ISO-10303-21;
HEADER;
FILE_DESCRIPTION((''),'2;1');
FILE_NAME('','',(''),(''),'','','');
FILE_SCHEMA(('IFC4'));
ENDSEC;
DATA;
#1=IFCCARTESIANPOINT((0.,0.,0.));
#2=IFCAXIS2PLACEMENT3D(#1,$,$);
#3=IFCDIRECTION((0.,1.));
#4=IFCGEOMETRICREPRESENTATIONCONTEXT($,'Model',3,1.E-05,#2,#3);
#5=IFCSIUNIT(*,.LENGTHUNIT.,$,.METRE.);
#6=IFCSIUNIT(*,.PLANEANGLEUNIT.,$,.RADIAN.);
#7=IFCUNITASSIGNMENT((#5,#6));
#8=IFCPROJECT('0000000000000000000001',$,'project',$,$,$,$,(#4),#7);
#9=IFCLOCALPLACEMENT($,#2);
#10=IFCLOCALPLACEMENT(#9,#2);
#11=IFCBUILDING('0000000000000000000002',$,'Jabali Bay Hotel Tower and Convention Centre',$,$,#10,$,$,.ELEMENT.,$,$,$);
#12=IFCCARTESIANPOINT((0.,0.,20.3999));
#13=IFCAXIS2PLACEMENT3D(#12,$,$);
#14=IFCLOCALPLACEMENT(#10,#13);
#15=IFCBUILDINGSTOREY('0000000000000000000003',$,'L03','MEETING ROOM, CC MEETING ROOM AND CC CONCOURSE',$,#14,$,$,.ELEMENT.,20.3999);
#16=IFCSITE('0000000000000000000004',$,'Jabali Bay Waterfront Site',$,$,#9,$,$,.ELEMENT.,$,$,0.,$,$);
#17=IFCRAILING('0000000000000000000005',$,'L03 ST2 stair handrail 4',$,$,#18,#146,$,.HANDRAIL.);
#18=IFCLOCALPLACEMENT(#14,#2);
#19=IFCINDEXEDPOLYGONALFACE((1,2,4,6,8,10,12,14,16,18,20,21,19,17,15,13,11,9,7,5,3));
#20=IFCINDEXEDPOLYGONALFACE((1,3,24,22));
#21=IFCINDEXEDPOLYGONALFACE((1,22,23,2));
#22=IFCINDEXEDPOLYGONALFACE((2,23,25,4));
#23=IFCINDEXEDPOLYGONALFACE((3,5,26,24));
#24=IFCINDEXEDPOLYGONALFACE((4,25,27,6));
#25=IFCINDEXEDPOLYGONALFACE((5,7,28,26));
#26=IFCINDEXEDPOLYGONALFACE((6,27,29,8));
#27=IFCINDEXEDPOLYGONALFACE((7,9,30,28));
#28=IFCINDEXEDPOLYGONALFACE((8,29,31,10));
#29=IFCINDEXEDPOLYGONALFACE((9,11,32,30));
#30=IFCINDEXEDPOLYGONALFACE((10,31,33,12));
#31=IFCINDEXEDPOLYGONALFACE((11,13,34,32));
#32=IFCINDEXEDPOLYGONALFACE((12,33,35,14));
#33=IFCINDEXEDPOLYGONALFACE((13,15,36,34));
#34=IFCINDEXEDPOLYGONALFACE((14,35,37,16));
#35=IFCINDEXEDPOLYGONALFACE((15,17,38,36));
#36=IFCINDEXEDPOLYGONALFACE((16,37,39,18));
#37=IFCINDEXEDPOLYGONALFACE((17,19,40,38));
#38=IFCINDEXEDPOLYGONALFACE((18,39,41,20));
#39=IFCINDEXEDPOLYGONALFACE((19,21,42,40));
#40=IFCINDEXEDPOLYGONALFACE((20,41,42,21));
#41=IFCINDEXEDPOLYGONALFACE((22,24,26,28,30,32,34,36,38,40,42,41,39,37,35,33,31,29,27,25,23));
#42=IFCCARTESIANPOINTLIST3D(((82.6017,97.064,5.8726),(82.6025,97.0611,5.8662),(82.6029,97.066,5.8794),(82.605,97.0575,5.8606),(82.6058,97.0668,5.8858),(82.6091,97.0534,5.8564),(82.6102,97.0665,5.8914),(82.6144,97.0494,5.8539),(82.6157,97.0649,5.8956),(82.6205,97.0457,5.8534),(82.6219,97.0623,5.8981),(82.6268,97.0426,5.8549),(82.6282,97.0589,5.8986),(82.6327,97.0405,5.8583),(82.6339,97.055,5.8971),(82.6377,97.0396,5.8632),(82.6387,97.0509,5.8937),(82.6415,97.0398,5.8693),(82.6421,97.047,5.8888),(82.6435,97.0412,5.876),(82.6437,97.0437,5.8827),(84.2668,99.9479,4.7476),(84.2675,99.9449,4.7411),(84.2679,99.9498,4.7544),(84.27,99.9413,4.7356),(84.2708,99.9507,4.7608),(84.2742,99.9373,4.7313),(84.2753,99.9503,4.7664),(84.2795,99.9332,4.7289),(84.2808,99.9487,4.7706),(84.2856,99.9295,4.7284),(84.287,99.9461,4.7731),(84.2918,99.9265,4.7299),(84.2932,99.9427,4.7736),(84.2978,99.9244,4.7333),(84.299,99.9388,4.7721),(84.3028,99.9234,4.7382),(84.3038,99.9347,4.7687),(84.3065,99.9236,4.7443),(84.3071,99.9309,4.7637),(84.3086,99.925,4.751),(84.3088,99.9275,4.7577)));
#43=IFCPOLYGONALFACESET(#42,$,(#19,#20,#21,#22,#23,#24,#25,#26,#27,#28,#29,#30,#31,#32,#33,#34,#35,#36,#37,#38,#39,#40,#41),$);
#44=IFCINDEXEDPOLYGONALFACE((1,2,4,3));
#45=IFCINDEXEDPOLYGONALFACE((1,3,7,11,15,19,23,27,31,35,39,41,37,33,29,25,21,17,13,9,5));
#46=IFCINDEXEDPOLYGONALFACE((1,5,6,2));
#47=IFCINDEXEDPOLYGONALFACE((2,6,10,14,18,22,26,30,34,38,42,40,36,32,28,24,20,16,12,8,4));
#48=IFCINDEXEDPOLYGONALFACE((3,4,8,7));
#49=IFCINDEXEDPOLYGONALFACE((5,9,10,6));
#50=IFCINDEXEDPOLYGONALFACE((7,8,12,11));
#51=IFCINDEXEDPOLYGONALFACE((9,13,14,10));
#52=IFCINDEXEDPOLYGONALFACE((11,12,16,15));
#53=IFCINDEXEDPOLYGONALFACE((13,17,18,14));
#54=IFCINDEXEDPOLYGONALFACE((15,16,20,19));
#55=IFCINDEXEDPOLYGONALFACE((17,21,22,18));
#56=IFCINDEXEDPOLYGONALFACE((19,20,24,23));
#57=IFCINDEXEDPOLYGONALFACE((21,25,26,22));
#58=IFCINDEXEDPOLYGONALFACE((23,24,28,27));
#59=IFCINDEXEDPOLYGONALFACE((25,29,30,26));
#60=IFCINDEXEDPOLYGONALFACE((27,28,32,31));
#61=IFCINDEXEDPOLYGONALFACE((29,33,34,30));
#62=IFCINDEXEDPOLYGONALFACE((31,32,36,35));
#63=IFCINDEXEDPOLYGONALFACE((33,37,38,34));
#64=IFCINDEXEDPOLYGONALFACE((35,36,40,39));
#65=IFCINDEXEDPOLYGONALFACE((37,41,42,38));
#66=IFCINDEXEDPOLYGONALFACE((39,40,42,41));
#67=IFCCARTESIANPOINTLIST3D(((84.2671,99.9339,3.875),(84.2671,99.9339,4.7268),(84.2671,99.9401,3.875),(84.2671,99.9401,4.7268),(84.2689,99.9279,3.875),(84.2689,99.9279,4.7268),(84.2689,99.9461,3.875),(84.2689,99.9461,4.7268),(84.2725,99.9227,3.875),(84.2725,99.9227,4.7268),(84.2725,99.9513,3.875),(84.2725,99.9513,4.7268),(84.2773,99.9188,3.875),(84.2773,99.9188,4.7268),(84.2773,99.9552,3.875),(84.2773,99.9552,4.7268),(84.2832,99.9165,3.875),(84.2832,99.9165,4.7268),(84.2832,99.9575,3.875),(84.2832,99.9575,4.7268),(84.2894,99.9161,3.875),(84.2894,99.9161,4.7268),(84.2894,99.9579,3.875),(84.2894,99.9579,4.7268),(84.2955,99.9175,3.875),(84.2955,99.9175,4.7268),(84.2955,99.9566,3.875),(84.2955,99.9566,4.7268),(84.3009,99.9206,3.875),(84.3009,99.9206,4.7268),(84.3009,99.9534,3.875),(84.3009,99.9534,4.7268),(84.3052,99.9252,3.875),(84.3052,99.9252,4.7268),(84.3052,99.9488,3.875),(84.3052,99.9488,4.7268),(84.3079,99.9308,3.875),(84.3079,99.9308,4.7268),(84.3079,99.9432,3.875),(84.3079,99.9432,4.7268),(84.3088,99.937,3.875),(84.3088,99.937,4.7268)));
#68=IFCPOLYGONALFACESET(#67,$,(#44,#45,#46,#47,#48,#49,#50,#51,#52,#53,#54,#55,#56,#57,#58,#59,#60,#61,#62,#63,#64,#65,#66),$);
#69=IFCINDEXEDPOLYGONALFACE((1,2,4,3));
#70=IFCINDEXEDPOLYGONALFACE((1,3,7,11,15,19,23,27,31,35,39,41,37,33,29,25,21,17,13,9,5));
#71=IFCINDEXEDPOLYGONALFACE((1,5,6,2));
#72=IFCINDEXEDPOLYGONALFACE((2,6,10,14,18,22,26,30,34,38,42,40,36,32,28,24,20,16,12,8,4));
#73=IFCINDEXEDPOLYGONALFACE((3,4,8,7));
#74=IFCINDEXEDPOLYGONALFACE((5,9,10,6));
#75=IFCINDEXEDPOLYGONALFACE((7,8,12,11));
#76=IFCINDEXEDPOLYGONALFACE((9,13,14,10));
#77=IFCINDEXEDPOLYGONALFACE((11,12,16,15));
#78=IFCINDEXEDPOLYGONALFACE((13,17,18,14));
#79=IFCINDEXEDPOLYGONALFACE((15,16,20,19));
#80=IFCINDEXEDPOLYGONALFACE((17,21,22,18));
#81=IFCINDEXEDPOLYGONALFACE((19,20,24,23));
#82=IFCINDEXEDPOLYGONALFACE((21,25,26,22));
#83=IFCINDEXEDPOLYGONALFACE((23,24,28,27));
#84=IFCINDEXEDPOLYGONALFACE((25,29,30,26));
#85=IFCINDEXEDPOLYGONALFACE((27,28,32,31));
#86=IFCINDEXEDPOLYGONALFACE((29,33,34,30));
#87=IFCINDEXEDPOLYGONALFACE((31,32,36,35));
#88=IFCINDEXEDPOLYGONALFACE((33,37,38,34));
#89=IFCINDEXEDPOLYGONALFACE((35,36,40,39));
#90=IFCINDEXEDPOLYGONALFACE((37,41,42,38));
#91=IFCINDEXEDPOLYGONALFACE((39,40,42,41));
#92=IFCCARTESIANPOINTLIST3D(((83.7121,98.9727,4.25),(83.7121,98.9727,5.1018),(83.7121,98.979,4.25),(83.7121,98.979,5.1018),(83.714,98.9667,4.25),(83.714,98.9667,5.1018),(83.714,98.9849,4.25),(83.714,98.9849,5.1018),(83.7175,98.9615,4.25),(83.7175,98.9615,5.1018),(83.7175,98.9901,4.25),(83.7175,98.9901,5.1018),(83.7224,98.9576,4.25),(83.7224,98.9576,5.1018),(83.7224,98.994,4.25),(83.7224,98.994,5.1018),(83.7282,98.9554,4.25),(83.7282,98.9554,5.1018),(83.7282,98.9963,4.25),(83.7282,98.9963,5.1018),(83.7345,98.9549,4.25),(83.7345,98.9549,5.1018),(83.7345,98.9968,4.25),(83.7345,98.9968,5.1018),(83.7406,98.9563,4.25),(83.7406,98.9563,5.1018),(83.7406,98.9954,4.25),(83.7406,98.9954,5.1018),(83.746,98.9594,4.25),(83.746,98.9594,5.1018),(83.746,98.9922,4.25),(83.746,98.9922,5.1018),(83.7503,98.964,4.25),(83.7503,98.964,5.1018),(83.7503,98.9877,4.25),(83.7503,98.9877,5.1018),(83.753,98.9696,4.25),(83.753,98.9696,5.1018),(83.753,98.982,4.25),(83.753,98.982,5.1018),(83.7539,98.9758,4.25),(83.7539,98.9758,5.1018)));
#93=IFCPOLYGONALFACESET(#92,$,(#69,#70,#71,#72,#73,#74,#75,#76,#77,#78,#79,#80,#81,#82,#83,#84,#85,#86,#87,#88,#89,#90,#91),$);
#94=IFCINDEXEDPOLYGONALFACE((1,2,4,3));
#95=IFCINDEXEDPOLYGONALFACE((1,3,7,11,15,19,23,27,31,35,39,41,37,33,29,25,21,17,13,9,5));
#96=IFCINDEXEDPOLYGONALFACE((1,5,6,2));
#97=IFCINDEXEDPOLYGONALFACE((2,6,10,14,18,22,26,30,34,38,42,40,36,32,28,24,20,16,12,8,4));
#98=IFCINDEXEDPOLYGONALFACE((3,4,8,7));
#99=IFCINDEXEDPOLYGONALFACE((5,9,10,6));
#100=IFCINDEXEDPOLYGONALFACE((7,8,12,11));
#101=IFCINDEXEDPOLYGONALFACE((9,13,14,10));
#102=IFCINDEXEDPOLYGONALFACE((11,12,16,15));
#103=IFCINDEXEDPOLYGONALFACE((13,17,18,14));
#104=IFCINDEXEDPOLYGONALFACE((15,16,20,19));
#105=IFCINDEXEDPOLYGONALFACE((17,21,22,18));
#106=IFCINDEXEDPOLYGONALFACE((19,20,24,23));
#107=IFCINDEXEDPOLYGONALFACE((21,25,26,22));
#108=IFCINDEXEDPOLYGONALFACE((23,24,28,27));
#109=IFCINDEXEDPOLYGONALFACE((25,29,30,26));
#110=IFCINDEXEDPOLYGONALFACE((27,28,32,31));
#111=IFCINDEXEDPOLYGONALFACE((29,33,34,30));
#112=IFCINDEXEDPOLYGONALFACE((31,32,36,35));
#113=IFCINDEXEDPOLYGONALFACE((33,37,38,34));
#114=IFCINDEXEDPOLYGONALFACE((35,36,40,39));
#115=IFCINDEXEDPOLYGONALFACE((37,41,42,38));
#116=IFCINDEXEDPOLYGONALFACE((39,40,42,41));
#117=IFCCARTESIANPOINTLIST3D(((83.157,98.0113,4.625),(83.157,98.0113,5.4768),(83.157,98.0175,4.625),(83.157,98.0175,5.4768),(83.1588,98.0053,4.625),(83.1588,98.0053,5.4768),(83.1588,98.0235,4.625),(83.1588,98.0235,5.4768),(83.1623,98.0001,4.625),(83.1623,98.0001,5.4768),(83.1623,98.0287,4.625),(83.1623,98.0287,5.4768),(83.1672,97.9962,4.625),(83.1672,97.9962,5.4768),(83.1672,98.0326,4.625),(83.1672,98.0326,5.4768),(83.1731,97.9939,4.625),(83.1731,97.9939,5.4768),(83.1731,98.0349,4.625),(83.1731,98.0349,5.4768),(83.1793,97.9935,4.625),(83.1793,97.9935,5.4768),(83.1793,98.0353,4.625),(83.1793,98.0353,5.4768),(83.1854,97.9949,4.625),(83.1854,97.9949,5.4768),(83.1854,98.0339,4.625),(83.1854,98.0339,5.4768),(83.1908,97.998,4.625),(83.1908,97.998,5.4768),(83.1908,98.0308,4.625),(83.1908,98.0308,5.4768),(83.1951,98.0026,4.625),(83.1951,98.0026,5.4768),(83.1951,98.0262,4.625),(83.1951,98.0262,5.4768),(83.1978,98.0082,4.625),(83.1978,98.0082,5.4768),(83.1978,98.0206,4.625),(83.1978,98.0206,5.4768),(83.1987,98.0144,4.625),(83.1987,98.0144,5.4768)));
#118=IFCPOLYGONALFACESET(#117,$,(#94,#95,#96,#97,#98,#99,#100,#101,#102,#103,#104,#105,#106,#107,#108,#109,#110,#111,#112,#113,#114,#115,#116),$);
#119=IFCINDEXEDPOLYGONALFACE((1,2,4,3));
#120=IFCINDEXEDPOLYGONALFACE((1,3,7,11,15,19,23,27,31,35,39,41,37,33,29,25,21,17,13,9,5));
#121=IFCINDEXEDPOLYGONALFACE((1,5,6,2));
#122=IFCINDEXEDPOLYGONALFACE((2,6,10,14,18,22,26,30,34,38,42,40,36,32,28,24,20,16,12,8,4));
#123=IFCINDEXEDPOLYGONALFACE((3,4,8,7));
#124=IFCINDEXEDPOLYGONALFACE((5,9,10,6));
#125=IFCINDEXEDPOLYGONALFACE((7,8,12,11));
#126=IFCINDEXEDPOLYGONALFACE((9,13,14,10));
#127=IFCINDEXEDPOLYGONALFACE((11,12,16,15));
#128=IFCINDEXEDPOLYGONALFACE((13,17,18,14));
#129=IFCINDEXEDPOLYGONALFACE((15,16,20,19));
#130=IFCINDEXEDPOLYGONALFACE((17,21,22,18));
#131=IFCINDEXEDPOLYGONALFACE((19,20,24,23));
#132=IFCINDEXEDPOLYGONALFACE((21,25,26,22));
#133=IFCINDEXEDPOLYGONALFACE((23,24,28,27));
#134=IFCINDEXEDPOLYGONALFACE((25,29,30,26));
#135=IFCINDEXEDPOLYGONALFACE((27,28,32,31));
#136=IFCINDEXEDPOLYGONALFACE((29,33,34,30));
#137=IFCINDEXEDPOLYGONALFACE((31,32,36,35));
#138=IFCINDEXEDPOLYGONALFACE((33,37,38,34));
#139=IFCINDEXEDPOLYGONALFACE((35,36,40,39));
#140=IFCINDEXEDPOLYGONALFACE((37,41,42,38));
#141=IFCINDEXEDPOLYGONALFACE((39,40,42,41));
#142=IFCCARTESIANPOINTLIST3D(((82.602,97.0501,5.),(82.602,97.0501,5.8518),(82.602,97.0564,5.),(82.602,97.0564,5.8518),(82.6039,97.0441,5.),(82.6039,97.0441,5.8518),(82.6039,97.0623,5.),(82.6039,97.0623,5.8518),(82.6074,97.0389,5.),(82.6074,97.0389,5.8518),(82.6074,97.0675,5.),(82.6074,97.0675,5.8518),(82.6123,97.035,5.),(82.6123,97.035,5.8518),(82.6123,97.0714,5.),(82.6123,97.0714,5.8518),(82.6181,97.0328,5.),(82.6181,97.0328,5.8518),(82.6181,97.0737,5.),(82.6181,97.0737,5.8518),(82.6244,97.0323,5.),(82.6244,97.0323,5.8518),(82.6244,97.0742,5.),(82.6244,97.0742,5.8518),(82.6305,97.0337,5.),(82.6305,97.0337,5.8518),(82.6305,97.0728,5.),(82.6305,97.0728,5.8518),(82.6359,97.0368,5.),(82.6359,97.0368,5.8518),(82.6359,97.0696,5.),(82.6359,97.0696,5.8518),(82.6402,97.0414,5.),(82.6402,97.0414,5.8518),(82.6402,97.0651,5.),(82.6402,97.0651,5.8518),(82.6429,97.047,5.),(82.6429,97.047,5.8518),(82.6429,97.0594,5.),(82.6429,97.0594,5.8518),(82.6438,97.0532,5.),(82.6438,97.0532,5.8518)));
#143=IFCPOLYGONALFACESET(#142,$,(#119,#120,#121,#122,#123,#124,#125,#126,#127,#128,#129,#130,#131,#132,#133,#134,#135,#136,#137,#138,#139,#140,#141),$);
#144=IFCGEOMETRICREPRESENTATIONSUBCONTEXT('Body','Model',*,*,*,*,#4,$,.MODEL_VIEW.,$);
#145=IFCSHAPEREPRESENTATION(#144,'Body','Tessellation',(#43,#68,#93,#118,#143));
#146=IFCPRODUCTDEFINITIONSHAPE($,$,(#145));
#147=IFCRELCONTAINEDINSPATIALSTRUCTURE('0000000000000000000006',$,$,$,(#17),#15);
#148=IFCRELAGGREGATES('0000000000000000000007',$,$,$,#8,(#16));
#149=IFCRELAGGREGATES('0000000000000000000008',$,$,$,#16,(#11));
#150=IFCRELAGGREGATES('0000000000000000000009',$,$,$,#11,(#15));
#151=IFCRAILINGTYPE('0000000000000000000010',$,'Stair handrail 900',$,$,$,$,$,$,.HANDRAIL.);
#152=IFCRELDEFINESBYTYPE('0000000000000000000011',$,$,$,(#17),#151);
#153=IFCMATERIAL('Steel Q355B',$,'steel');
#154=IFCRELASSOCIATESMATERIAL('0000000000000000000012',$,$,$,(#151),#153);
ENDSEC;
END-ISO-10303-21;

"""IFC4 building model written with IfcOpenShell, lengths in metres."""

from ifc_helpers import new_model, si_unit, direction, frame, origin, origin_2d, place, context, subcontext, project, spatial, circle, extrude, material, type_object, element, save


model = new_model("IFC4")

# Units and contexts
model_context = context("Model", 3, precision=1e-05, world=origin(), true_north=direction((0.0, 1.0)))
body_context = subcontext(model_context, "Body", "Model", "MODEL_VIEW")
ifc_project = project(units=[si_unit("LENGTHUNIT", "METRE"), si_unit("PLANEANGLEUNIT", "RADIAN")], contexts=[model_context])

# Site, building, storey
site_placement = place(None, origin())
site = spatial("IfcSite", under=ifc_project, at=site_placement, Name="Jabali Bay Waterfront Site", CompositionType="ELEMENT", RefElevation=0.0)
building_placement = place(site_placement, origin())
building = spatial("IfcBuilding", under=site, at=building_placement, Name="Jabali Bay Hotel Tower and Convention Centre", CompositionType="ELEMENT")
storey_placement = place(building_placement, frame((0.0, 0.0, 20.3999)))
storey = spatial("IfcBuildingStorey", under=building, at=storey_placement, Name="L03", Description="MEETING ROOM, CC MEETING ROOM AND CC CONCOURSE", CompositionType="ELEMENT", Elevation=20.3999)

# Railing
ifc_material_1 = material(Name="Steel Q355B", Category="steel")
railing_type_1 = type_object("IfcRailingType", Name="Stair handrail 900", PredefinedType="HANDRAIL", material=ifc_material_1)
railing_1_placement = place(storey_placement, frame((84.2878, 99.937, 3.875)))
element("IfcRailing", 1, at=railing_1_placement, inside=storey, type_object=railing_type_1, Name="L03 ST2 stair handrail 4", PredefinedType="HANDRAIL", context=body_context, shape_type="SweptSolid", body=[
    extrude(circle(Radius=0.0239, at=origin_2d()), frame((0.0, 0.0, 0.876), z_axis=(-0.473715, -0.820457, 0.32007), x_axis=(0.866015, -0.500019, 0.0)), (0.0, 0.0, 1.0), 3.5149),
    extrude(circle(Radius=0.021, at=origin_2d()), origin(), (0.0, 0.0, 1.0), 0.8518),
    extrude(circle(Radius=0.021, at=origin_2d()), frame((-0.5549, -0.9612, 0.375)), (0.0, 0.0, 1.0), 0.8518),
    extrude(circle(Radius=0.021, at=origin_2d()), frame((-1.1101, -1.9226, 0.75)), (0.0, 0.0, 1.0), 0.8518),
    extrude(circle(Radius=0.021, at=origin_2d()), frame((-1.665, -2.8838, 1.125)), (0.0, 0.0, 1.0), 0.8518),
])

save(model, "model.ifc")
